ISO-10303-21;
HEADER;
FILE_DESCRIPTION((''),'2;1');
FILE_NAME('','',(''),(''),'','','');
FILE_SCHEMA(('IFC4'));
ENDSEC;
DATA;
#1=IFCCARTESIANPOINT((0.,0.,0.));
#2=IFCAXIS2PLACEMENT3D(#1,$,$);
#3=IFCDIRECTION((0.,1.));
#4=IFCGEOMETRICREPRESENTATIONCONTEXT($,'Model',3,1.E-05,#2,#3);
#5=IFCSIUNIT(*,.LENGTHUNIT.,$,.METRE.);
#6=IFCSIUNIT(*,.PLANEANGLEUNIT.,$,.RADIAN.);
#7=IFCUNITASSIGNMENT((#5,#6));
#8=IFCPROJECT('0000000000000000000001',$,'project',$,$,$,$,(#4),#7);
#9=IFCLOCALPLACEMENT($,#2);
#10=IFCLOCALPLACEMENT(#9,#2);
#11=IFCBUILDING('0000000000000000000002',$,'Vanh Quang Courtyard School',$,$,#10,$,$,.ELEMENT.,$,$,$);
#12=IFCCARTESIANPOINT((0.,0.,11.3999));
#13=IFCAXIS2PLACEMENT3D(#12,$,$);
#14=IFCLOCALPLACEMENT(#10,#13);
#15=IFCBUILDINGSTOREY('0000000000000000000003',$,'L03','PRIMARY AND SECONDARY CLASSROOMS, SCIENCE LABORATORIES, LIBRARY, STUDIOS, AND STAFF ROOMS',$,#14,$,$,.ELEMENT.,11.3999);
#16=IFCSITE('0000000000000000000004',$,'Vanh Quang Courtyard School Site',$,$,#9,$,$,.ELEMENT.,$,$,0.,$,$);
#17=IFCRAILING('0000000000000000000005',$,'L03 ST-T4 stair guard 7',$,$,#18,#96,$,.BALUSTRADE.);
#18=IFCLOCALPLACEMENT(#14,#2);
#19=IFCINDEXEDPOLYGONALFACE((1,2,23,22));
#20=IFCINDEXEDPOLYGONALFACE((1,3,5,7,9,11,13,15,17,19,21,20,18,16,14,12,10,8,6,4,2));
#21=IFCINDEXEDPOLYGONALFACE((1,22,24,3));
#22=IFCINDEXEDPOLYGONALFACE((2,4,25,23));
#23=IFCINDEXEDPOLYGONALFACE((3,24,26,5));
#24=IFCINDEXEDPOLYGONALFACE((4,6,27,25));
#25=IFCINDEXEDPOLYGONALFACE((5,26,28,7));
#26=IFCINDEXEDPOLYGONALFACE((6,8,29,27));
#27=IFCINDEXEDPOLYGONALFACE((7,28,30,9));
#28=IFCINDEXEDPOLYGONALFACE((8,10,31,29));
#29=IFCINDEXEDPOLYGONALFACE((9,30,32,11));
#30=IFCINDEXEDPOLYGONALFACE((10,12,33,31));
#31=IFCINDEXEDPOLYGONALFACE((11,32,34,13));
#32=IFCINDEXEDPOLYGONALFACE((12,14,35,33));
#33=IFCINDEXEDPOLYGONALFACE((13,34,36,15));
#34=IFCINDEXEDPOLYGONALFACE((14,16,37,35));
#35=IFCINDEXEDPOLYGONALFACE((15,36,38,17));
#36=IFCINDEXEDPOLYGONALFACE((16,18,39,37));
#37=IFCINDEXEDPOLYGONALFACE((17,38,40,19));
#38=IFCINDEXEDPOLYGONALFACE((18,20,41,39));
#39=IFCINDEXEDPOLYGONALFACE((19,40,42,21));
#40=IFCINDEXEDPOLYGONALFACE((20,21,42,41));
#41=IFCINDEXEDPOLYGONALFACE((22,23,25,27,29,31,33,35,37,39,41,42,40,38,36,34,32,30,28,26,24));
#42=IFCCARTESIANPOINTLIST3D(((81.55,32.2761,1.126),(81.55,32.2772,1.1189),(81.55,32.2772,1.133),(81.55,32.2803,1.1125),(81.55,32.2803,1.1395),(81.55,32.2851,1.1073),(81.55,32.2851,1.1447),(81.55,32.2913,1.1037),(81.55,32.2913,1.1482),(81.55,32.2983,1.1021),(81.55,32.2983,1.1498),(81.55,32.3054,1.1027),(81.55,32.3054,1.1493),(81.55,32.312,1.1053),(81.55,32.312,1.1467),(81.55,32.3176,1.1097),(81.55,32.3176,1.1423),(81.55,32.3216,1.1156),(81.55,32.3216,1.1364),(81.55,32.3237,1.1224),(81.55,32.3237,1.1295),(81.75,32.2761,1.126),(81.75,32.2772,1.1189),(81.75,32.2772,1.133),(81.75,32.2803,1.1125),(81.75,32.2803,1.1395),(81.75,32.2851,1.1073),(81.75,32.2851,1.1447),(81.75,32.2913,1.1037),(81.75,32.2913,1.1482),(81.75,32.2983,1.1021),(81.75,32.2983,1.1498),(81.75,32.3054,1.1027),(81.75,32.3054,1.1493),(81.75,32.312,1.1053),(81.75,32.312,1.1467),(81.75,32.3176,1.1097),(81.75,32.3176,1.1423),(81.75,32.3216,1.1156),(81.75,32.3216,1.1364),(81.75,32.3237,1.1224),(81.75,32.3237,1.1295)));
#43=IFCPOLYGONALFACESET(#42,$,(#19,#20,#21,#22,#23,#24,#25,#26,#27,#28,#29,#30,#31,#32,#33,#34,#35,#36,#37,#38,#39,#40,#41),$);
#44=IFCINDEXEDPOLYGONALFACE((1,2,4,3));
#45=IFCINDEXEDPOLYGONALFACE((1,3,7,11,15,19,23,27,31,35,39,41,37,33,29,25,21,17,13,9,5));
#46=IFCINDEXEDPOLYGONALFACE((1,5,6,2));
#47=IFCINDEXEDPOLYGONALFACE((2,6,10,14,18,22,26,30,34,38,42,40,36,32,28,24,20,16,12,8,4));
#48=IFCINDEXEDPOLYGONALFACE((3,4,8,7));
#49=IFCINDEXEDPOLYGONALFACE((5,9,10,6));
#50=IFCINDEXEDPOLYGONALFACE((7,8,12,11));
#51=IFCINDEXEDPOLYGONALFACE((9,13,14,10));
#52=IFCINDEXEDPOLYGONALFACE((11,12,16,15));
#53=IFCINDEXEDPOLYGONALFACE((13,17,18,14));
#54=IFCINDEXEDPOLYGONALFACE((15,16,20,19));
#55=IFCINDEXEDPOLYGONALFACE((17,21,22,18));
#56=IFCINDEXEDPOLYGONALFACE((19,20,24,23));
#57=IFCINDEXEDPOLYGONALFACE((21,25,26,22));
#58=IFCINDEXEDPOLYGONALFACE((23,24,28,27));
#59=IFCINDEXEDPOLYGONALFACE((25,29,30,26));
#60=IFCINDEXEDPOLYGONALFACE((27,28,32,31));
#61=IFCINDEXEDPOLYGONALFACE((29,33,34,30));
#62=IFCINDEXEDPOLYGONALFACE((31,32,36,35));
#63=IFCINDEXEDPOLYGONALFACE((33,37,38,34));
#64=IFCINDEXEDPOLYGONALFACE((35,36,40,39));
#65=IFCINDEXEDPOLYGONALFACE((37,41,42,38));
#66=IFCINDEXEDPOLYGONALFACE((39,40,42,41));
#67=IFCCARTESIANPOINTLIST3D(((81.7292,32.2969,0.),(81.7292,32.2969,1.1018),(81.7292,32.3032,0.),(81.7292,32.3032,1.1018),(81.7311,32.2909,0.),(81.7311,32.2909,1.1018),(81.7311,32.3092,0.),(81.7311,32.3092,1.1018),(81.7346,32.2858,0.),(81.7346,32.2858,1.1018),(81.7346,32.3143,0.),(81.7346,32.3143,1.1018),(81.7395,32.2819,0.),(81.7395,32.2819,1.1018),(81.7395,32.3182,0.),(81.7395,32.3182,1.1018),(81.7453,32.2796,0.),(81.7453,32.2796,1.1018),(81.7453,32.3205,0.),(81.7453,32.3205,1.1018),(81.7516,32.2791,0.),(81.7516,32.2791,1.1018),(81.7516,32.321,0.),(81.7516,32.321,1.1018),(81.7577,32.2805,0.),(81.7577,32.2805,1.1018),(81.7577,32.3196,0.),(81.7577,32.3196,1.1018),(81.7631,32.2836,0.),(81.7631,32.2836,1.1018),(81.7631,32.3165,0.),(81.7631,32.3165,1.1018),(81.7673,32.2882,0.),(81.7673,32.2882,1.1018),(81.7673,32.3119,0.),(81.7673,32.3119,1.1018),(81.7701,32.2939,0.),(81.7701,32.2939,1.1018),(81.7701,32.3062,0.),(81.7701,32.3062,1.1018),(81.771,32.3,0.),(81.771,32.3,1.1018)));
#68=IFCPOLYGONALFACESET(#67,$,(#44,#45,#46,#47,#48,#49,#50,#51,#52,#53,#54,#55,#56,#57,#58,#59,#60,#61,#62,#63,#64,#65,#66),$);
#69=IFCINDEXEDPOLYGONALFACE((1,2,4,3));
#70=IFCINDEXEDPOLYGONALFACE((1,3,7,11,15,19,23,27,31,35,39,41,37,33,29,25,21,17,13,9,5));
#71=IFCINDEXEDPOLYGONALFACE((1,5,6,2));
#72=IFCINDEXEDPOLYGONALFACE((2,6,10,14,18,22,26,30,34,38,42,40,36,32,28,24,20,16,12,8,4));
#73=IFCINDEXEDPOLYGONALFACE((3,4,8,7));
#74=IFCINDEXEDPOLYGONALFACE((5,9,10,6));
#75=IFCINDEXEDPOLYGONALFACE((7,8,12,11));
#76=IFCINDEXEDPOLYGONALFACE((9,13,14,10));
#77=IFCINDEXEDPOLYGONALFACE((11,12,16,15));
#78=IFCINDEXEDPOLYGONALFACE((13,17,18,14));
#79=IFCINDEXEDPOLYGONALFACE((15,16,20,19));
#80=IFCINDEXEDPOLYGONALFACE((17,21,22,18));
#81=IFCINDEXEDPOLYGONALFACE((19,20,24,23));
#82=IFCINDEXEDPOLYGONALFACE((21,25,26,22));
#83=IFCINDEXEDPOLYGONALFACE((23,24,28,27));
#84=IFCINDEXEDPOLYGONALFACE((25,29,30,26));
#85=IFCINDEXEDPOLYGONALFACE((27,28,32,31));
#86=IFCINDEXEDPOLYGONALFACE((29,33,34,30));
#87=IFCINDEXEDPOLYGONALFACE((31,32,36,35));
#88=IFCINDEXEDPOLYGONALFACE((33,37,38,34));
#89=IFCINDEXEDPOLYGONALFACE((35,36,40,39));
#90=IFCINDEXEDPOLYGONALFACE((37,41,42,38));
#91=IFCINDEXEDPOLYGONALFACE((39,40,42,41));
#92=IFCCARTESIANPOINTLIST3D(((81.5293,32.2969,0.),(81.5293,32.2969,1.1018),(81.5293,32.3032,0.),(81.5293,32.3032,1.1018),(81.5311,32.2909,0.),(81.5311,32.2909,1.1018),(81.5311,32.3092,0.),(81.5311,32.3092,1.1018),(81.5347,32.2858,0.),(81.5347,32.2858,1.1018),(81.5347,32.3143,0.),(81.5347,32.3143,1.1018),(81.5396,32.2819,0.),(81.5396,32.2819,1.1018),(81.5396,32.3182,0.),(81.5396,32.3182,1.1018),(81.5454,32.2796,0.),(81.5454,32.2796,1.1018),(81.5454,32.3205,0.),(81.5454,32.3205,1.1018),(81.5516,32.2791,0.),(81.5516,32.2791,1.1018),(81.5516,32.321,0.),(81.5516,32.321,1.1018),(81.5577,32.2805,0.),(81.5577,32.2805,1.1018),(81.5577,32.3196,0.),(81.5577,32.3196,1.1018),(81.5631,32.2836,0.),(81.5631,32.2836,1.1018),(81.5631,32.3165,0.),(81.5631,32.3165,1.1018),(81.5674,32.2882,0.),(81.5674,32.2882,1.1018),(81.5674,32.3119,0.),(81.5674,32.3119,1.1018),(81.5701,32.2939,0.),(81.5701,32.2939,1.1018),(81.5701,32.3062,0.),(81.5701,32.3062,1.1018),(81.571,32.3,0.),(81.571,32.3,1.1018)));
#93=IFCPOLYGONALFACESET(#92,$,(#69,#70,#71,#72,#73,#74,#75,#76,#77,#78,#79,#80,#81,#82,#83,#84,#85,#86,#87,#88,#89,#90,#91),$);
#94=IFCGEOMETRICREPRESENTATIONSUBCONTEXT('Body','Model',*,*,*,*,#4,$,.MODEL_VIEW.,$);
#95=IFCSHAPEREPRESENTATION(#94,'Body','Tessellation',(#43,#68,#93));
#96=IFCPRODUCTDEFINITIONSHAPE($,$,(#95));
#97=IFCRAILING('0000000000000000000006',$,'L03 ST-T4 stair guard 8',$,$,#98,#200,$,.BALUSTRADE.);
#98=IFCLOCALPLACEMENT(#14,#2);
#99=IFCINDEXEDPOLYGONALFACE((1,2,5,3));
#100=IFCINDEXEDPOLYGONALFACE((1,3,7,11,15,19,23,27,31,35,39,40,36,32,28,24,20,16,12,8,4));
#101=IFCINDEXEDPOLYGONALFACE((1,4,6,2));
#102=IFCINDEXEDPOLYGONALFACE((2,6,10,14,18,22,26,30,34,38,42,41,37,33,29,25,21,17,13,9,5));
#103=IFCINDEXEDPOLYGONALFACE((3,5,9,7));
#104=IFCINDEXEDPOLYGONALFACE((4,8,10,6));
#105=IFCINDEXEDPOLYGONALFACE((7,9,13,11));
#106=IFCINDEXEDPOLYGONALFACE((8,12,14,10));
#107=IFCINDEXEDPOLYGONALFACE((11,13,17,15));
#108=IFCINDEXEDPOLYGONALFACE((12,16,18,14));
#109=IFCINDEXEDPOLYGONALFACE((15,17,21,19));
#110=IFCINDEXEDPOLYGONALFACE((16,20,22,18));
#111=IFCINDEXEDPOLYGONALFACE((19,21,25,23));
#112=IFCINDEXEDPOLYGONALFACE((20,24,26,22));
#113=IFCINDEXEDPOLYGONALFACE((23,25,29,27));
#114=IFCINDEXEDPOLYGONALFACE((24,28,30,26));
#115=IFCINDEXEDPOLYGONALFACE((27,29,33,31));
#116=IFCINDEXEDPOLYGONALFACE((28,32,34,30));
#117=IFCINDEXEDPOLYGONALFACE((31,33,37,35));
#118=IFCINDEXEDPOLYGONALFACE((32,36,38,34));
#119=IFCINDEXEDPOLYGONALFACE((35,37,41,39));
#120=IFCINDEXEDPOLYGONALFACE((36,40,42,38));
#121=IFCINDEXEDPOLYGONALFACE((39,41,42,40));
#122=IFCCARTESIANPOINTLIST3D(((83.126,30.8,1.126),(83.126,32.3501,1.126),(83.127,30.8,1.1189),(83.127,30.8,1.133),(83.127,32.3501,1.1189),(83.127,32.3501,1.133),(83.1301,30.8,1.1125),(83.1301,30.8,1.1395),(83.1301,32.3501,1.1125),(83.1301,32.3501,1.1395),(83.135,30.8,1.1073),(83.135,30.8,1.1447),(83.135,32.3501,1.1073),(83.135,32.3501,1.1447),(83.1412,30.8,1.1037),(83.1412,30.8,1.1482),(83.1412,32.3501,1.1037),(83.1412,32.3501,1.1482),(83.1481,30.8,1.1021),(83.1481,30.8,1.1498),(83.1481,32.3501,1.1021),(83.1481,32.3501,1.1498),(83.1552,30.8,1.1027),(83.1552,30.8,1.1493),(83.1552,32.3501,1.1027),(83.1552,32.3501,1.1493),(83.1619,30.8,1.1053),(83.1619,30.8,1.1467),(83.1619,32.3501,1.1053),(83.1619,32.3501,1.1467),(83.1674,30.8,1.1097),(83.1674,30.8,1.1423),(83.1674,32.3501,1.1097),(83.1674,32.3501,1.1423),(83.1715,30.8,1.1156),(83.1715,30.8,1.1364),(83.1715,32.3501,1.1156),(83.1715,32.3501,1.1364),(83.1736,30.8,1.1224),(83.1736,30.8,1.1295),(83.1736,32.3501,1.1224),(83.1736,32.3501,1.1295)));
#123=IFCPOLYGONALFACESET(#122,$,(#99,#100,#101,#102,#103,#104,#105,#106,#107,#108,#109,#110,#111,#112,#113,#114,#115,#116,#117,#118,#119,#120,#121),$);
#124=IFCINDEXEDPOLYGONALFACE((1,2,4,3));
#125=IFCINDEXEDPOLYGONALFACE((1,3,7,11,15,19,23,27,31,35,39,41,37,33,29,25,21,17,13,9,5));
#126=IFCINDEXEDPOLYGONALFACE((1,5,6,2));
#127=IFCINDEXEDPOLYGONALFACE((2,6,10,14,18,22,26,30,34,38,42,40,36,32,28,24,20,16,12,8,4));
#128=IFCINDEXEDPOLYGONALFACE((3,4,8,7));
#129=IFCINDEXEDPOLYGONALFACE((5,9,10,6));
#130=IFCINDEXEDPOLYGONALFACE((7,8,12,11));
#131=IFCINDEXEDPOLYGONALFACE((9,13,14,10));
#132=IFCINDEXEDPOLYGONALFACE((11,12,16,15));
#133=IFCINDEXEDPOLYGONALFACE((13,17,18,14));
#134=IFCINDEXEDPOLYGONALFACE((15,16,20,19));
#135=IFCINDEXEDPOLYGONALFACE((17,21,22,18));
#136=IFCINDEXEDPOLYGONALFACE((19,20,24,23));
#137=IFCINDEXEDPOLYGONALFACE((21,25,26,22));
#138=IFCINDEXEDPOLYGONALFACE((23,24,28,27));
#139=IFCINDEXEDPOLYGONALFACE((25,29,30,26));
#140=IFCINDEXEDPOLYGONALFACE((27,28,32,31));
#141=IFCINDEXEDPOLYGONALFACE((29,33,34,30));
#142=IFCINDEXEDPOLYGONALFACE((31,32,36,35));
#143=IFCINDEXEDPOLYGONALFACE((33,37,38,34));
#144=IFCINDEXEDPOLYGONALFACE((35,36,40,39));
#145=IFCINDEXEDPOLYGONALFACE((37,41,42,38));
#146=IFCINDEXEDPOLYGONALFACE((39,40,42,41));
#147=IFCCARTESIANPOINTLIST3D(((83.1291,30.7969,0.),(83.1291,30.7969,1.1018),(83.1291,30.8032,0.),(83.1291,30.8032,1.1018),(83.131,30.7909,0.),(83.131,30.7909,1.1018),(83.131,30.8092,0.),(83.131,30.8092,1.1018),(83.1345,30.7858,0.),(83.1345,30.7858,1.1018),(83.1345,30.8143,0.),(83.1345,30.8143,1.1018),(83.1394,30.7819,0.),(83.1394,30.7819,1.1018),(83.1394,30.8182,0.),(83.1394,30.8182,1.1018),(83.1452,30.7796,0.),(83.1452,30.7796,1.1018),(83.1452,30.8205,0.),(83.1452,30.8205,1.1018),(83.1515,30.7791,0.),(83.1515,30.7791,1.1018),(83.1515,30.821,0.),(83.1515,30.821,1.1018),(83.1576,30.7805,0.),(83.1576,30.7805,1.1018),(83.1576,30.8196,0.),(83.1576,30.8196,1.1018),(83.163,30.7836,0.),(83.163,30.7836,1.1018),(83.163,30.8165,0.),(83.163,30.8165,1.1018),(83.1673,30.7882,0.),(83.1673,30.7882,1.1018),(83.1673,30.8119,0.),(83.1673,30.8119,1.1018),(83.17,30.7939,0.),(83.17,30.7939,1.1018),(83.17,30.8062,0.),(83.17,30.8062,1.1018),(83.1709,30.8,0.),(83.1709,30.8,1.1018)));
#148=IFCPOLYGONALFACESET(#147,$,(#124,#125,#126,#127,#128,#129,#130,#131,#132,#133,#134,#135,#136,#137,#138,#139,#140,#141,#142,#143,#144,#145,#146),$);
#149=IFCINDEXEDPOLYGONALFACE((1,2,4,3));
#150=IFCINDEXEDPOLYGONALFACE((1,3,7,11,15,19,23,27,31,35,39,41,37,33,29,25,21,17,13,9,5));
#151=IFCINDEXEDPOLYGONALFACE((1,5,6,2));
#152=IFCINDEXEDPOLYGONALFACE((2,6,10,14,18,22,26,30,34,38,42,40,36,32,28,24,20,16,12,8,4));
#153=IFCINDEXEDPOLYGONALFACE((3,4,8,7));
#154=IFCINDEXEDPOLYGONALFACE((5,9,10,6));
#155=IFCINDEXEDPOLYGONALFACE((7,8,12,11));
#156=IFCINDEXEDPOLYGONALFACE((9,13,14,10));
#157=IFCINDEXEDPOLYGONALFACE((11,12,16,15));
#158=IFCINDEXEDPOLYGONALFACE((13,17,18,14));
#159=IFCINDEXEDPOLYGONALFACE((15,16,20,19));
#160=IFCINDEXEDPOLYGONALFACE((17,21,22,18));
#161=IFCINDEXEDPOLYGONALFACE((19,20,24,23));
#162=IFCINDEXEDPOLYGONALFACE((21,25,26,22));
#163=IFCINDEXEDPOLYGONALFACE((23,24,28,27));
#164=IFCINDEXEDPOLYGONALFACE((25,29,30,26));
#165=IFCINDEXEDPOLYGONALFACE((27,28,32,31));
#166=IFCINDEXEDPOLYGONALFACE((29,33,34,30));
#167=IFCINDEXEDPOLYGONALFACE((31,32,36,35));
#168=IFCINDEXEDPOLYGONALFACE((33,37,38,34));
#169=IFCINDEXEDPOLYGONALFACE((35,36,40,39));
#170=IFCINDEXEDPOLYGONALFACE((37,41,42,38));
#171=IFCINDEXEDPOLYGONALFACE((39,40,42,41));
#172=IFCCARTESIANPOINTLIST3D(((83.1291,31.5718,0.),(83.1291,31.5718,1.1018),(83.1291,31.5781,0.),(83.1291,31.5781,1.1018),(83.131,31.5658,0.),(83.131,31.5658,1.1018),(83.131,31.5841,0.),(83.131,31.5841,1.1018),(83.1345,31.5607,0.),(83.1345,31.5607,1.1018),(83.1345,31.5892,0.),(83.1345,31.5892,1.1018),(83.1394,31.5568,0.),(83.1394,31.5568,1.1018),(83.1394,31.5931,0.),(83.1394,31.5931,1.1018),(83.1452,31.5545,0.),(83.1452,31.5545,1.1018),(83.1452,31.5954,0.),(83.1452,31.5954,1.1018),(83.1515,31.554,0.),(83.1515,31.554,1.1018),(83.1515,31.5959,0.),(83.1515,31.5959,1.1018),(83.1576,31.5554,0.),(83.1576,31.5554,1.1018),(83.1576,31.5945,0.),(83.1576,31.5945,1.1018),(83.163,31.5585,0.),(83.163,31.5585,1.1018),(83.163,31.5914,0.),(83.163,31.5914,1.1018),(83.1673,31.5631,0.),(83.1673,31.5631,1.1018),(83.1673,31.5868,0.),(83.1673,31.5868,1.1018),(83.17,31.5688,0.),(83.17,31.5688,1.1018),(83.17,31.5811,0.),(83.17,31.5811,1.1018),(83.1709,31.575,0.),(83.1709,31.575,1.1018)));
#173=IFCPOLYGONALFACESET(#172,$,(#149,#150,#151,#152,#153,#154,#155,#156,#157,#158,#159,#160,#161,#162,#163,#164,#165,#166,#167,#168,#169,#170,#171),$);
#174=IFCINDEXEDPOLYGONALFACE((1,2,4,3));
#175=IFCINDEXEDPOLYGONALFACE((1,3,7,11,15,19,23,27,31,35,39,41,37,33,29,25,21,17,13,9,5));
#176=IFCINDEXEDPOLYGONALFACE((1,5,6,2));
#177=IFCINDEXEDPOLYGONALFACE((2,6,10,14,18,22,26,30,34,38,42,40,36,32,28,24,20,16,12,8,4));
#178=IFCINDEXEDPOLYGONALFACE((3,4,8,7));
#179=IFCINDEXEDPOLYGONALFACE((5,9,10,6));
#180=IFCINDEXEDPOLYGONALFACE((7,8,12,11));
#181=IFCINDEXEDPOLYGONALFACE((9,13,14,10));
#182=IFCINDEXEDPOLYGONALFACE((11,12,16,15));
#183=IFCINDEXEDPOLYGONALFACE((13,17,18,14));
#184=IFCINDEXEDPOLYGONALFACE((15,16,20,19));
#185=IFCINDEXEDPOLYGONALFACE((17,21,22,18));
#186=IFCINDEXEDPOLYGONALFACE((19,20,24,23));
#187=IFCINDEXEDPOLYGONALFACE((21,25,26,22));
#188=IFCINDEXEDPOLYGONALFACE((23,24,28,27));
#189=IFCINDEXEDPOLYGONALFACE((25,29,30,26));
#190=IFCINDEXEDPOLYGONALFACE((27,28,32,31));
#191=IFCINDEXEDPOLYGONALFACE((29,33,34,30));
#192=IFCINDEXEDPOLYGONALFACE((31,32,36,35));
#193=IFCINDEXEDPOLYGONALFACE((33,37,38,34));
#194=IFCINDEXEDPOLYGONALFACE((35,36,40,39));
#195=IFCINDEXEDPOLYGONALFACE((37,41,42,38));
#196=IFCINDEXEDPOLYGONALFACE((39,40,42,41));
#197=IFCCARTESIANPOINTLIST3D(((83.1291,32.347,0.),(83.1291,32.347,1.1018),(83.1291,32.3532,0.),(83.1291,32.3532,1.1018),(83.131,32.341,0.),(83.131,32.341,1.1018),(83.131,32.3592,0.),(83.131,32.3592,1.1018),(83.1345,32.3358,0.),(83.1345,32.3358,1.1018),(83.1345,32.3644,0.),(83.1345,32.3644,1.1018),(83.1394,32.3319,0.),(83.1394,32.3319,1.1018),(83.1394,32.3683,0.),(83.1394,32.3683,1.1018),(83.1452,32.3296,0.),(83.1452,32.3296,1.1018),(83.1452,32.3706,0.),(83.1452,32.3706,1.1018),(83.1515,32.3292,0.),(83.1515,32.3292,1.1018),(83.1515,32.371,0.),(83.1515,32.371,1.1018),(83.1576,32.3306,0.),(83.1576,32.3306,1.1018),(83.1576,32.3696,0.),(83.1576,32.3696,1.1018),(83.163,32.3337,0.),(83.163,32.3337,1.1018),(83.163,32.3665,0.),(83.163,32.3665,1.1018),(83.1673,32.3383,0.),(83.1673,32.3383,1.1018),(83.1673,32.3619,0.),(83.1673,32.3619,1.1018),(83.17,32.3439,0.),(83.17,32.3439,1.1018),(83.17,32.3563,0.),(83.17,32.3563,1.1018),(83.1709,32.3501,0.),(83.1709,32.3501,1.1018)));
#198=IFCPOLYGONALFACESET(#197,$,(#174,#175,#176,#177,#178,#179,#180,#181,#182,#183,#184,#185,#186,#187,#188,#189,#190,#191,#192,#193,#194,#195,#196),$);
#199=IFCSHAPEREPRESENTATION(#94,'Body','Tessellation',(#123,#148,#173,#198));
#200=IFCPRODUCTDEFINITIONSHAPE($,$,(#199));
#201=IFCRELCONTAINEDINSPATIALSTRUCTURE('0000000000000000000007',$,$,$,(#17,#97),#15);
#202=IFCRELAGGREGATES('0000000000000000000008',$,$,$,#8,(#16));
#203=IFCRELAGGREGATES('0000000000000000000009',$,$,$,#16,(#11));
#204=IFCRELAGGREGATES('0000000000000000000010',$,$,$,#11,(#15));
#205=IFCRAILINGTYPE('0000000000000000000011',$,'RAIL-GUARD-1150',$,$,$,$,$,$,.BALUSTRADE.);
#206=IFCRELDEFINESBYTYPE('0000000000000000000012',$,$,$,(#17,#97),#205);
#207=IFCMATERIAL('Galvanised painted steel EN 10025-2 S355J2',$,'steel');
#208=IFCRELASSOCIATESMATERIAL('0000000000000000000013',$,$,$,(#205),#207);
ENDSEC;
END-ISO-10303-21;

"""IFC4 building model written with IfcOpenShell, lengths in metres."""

from ifc_helpers import new_model, si_unit, direction, frame, origin, origin_2d, place, context, subcontext, project, spatial, circle, extrude, material, type_object, element, save


model = new_model("IFC4")

# Units and contexts
model_context = context("Model", 3, precision=1e-05, world=origin(), true_north=direction((0.0, 1.0)))
body_context = subcontext(model_context, "Body", "Model", "MODEL_VIEW")
ifc_project = project(units=[si_unit("LENGTHUNIT", "METRE"), si_unit("PLANEANGLEUNIT", "RADIAN")], contexts=[model_context])

# Site, building, storey
site_placement = place(None, origin())
site = spatial("IfcSite", under=ifc_project, at=site_placement, Name="Vanh Quang Courtyard School Site", CompositionType="ELEMENT", RefElevation=0.0)
building_placement = place(site_placement, origin())
building = spatial("IfcBuilding", under=site, at=building_placement, Name="Vanh Quang Courtyard School", CompositionType="ELEMENT")
storey_placement = place(building_placement, frame((0.0, 0.0, 11.3999)))
storey = spatial("IfcBuildingStorey", under=building, at=storey_placement, Name="L03", Description="PRIMARY AND SECONDARY CLASSROOMS, SCIENCE LABORATORIES, LIBRARY, STUDIOS, AND STAFF ROOMS", CompositionType="ELEMENT", Elevation=11.3999)

# Railings
ifc_material_1 = material(Name="Galvanised painted steel EN 10025-2 S355J2", Category="steel")
railing_type_1 = type_object("IfcRailingType", Name="RAIL-GUARD-1150", PredefinedType="BALUSTRADE", material=ifc_material_1)
railing_1_placement = place(storey_placement, frame((81.75, 32.3, 0.0)))
element("IfcRailing", 1, at=railing_1_placement, inside=storey, type_object=railing_type_1, Name="L03 ST-T4 stair guard 7", PredefinedType="BALUSTRADE", context=body_context, shape_type="SweptSolid", body=[
    extrude(circle(Radius=0.0239, at=origin_2d()), frame((0.0, 0.0, 1.126), z_axis=(-1.0, 0.0, 0.0), x_axis=(0.0, -1.0, 0.0)), (0.0, 0.0, 1.0), 0.2),
    extrude(circle(Radius=0.021, at=origin_2d()), origin(), (0.0, 0.0, 1.0), 1.1018),
    extrude(circle(Radius=0.021, at=origin_2d()), frame((-0.2, 0.0, 0.0)), (0.0, 0.0, 1.0), 1.1018),
])
for number, where, name in (
    (2, (83.1499, 30.8, 0.0), "L03 ST-T4 stair guard 8"),
):
    element("IfcRailing", number, at=place(storey_placement, frame(where)), inside=storey, type_object=railing_type_1, Name=name, PredefinedType="BALUSTRADE", context=body_context, shape_type="SweptSolid", body=[
        extrude(circle(Radius=0.0239, at=origin_2d()), frame((0.0, 0.0, 1.126), z_axis=(0.0, 1.0, 0.0), x_axis=(-1.0, 0.0, 0.0)), (0.0, 0.0, 1.0), 1.55),
        extrude(circle(Radius=0.021, at=origin_2d()), origin(), (0.0, 0.0, 1.0), 1.1018),
        extrude(circle(Radius=0.021, at=origin_2d()), frame((0.0, 0.7749, 0.0)), (0.0, 0.0, 1.0), 1.1018),
        extrude(circle(Radius=0.021, at=origin_2d()), frame((0.0, 1.55, 0.0)), (0.0, 0.0, 1.0), 1.1018),
    ])

save(model, "model.ifc")
